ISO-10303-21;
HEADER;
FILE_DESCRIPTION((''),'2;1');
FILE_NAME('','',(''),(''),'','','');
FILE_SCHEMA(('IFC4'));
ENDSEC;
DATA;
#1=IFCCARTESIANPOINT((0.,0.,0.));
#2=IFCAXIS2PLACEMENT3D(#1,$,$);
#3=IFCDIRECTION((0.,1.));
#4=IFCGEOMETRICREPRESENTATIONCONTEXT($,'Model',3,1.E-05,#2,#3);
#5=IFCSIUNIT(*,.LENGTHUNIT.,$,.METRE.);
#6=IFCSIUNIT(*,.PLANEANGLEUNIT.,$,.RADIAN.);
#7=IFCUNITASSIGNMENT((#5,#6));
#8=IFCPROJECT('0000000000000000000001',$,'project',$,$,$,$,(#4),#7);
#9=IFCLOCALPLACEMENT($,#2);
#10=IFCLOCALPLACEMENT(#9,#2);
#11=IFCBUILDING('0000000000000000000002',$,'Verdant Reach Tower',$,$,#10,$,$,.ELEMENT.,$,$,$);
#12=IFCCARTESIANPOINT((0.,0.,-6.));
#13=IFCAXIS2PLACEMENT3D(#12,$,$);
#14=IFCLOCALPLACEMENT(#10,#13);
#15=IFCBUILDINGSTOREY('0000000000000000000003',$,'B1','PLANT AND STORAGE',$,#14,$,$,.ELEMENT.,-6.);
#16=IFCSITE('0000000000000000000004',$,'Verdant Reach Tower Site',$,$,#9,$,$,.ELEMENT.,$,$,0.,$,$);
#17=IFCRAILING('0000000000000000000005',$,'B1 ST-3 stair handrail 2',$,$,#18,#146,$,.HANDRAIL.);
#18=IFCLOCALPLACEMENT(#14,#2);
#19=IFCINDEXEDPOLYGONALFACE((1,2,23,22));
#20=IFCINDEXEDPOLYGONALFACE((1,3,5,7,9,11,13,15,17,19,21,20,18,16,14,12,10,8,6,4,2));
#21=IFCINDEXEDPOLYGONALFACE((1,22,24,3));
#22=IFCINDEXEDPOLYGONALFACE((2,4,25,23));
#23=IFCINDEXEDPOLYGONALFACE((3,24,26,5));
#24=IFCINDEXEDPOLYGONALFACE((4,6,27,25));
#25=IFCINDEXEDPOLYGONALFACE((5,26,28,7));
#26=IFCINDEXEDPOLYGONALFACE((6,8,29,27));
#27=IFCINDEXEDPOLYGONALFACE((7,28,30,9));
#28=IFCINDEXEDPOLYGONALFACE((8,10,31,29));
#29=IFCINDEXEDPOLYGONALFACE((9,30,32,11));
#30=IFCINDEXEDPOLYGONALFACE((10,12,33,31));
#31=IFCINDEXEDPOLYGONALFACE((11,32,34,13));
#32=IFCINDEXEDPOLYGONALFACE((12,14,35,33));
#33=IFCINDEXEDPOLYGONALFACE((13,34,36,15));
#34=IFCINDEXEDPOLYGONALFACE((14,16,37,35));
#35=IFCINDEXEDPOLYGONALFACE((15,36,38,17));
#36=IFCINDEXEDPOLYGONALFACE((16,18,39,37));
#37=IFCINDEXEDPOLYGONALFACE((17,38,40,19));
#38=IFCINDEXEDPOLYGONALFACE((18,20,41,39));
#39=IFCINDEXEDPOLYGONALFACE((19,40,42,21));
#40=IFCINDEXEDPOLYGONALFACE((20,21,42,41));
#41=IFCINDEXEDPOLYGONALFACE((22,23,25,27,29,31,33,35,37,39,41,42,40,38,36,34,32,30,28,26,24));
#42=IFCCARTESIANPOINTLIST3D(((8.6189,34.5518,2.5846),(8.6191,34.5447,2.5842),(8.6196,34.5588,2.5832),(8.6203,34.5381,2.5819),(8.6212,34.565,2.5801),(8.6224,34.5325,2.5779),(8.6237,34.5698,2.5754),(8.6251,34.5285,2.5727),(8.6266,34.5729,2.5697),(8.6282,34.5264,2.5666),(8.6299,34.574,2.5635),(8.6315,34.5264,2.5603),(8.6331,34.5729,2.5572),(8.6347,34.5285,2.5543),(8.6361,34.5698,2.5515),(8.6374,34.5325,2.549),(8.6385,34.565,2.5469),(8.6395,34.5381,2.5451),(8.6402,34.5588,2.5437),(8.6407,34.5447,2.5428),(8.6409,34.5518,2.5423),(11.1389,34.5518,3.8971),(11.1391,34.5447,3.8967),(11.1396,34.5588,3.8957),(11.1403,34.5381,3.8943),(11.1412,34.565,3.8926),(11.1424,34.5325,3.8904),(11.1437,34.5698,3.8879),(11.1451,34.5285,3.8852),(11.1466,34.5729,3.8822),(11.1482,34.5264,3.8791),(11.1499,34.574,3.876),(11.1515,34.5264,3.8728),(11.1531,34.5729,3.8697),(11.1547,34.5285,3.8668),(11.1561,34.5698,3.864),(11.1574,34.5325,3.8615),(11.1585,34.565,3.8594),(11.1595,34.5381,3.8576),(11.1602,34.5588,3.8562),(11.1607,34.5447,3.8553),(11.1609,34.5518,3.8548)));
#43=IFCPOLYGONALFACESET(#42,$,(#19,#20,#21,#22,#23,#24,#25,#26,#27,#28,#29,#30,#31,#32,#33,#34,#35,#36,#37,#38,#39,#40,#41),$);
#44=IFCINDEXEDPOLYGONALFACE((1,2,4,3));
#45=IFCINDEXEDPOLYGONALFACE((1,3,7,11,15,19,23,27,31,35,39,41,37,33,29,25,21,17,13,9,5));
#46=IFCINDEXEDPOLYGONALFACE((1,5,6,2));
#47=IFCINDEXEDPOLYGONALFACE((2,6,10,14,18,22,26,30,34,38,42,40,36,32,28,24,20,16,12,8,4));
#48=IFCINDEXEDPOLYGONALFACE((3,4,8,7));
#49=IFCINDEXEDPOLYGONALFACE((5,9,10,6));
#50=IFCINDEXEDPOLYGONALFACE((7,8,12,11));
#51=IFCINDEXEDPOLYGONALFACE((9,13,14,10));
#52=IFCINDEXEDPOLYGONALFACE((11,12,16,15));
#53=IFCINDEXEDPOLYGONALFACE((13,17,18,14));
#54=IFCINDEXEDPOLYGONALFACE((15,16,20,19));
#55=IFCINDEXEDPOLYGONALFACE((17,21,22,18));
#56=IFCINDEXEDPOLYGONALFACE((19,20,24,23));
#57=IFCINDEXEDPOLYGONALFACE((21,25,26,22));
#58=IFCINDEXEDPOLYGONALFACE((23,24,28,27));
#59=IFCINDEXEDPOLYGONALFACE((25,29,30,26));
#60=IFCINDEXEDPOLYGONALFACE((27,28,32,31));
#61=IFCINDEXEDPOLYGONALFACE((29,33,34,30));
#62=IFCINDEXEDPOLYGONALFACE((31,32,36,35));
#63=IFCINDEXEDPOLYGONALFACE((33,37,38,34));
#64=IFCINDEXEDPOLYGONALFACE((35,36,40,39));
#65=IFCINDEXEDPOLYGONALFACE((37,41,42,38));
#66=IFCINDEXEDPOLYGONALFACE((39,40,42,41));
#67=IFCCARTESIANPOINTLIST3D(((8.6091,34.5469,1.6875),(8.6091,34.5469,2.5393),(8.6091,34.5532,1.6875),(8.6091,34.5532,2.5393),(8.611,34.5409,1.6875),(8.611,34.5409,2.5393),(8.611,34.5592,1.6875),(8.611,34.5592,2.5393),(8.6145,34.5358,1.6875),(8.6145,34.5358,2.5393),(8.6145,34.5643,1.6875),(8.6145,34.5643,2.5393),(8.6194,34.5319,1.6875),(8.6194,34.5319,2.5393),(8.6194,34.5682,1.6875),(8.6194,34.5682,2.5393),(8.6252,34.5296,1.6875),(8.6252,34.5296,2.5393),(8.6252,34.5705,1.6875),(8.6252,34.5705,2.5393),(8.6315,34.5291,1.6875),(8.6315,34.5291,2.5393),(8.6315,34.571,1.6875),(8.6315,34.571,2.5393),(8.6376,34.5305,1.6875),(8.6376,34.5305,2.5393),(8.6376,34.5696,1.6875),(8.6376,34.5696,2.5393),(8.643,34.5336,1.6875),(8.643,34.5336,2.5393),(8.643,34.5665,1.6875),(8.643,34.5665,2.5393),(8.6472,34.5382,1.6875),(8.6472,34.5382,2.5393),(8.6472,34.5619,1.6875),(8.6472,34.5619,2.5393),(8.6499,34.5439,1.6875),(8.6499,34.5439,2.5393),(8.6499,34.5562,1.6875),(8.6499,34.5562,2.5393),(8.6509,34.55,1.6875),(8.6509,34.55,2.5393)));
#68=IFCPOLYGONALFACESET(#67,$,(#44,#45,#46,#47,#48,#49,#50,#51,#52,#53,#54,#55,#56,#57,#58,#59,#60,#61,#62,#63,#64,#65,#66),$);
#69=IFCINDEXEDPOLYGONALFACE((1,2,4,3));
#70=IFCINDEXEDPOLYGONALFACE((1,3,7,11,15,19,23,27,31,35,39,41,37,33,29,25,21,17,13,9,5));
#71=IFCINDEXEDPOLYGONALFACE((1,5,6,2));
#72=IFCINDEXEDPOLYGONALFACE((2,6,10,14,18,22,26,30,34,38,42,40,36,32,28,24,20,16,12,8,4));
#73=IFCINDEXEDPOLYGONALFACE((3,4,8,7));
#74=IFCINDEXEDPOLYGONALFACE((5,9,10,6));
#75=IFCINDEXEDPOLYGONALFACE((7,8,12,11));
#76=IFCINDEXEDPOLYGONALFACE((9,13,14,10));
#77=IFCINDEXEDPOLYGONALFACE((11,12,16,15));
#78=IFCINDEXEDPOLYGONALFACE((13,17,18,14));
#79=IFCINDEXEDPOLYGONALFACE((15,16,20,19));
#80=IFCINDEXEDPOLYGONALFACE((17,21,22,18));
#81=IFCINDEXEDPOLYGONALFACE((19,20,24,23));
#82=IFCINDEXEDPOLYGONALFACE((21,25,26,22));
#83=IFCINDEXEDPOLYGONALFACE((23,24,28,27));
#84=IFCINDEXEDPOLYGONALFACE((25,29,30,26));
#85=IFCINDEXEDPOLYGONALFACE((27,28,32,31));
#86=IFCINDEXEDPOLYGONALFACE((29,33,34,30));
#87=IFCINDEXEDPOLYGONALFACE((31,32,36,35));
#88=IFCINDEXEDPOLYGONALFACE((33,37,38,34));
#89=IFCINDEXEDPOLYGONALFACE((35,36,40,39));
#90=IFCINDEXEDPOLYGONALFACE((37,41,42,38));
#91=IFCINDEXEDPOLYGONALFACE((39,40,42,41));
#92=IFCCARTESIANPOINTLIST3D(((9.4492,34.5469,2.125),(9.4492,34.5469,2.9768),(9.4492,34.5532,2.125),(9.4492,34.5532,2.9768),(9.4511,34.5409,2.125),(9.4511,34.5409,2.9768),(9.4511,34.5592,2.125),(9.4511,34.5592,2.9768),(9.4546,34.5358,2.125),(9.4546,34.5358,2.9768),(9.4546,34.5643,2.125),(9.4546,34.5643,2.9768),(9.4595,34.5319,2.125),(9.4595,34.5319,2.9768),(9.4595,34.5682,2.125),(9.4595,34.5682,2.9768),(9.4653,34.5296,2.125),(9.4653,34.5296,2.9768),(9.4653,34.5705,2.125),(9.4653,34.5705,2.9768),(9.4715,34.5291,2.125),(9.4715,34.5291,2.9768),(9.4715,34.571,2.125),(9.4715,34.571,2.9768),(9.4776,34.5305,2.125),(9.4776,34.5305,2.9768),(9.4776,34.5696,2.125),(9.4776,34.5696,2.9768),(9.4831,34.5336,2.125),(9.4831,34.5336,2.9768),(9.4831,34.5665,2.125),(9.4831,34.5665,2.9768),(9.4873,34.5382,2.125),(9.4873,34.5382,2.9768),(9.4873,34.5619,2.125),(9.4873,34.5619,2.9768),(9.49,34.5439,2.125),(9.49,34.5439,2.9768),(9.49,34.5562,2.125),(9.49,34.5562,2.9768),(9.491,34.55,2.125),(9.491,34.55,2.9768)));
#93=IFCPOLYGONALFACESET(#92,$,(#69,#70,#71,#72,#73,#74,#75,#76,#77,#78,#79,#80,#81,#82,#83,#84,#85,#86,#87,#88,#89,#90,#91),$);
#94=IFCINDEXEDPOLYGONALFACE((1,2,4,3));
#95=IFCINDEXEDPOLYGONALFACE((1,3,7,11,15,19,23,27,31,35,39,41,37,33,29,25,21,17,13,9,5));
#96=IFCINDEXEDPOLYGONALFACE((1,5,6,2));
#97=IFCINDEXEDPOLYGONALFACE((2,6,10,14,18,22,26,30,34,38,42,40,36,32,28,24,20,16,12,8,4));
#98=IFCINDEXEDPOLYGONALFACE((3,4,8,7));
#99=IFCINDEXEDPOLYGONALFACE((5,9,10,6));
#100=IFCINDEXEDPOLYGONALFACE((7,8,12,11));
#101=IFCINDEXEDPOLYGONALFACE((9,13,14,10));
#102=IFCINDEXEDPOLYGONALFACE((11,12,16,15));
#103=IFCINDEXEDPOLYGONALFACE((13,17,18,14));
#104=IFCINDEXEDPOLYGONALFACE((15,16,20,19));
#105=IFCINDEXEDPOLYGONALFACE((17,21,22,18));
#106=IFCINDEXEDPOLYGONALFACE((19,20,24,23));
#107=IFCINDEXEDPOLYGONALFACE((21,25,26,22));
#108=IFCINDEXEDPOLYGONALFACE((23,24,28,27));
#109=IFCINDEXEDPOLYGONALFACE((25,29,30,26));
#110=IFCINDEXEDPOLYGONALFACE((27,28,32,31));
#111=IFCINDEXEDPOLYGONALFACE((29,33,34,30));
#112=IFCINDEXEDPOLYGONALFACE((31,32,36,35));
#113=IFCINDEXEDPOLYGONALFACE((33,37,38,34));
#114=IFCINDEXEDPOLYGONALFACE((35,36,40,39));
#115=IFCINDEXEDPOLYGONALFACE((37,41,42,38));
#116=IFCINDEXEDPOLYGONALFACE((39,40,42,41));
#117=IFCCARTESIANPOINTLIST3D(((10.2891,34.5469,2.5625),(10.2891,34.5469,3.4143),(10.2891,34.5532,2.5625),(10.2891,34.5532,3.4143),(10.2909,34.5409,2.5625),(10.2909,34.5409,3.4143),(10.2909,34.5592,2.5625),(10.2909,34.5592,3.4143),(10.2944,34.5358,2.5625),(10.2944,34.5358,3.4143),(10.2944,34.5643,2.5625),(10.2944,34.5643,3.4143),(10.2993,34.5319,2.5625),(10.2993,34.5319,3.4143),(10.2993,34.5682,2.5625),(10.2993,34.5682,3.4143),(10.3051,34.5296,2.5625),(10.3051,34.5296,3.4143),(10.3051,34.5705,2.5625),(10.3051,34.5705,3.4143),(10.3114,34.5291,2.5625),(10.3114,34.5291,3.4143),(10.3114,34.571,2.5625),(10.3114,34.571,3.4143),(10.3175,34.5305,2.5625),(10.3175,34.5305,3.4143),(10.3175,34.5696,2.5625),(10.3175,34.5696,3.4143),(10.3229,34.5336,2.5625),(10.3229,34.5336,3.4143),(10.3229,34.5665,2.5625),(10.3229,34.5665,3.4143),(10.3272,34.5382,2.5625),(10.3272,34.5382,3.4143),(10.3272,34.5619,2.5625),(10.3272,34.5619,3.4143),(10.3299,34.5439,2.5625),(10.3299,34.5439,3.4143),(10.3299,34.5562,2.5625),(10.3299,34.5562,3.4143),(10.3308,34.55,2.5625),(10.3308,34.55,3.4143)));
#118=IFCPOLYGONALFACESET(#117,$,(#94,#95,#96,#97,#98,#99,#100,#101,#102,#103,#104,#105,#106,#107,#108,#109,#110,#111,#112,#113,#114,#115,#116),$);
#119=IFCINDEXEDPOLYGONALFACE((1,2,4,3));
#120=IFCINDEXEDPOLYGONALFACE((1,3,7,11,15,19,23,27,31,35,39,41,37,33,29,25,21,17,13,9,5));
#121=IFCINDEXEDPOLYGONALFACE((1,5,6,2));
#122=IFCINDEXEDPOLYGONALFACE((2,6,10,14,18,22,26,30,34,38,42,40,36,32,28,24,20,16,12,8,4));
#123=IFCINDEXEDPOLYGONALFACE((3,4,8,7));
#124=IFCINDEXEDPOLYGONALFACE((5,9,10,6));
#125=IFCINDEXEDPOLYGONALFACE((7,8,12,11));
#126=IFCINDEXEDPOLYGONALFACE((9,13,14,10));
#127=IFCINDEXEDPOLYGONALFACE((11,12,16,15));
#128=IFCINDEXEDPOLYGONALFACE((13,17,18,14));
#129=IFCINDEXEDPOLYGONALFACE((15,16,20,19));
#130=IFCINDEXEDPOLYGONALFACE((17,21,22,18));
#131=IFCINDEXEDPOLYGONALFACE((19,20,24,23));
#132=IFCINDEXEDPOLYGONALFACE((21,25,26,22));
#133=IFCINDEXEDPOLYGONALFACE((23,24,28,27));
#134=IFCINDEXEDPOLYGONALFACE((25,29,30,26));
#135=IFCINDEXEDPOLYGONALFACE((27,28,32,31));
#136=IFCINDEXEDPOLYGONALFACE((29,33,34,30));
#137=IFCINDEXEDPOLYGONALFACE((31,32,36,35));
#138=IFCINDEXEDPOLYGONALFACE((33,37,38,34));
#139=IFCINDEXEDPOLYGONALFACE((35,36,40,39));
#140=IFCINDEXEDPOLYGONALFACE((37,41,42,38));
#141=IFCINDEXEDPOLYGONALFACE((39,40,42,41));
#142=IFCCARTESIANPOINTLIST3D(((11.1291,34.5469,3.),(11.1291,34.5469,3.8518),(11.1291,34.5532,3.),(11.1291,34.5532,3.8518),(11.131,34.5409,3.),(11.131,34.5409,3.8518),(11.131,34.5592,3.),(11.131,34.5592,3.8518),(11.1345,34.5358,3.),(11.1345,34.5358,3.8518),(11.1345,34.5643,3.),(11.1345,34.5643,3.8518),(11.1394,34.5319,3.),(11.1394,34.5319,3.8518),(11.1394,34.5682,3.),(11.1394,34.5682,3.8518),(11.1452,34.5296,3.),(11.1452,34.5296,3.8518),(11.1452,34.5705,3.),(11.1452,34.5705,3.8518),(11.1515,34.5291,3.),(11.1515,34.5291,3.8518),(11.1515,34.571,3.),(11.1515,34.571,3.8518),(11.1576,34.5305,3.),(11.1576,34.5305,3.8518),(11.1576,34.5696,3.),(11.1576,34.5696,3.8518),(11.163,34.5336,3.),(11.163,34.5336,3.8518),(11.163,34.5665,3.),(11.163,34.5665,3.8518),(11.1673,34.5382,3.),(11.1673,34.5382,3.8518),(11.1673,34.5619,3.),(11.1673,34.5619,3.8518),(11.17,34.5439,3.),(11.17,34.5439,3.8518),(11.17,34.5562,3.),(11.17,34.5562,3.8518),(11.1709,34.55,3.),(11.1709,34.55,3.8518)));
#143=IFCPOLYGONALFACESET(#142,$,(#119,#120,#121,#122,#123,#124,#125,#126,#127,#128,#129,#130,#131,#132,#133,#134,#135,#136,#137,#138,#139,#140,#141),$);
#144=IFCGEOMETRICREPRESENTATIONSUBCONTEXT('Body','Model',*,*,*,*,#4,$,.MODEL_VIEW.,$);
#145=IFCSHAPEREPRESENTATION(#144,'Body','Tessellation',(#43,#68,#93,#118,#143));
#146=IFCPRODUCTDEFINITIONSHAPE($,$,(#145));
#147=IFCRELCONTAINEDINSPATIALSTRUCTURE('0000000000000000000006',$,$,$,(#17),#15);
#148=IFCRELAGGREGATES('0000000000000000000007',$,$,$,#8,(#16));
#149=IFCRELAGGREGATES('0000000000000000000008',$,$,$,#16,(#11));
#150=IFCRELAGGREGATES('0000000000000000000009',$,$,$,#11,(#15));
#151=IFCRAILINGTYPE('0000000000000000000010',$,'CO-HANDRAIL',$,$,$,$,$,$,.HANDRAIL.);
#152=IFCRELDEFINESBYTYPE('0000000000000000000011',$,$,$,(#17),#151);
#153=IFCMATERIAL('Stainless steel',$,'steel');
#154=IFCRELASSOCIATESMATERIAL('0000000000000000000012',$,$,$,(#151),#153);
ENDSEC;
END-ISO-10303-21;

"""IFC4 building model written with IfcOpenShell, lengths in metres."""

from ifc_helpers import new_model, si_unit, direction, frame, origin, origin_2d, place, context, subcontext, project, spatial, circle, extrude, material, type_object, element, save


model = new_model("IFC4")

# Units and contexts
model_context = context("Model", 3, precision=1e-05, world=origin(), true_north=direction((0.0, 1.0)))
body_context = subcontext(model_context, "Body", "Model", "MODEL_VIEW")
ifc_project = project(units=[si_unit("LENGTHUNIT", "METRE"), si_unit("PLANEANGLEUNIT", "RADIAN")], contexts=[model_context])

# Site, building, storey
site_placement = place(None, origin())
site = spatial("IfcSite", under=ifc_project, at=site_placement, Name="Verdant Reach Tower Site", CompositionType="ELEMENT", RefElevation=0.0)
building_placement = place(site_placement, origin())
building = spatial("IfcBuilding", under=site, at=building_placement, Name="Verdant Reach Tower", CompositionType="ELEMENT")
storey_placement = place(building_placement, frame((0.0, 0.0, -6.0)))
storey = spatial("IfcBuildingStorey", under=building, at=storey_placement, Name="B1", Description="PLANT AND STORAGE", CompositionType="ELEMENT", Elevation=-6.0)

# Railing
ifc_material_1 = material(Name="Stainless steel", Category="steel")
railing_type_1 = type_object("IfcRailingType", Name="CO-HANDRAIL", PredefinedType="HANDRAIL", material=ifc_material_1)
for number, where, name in (
    (1, (8.6299, 34.55, 1.6875), "B1 ST-3 stair handrail 2"),
):
    element("IfcRailing", number, at=place(storey_placement, frame(where)), inside=storey, type_object=railing_type_1, Name=name, PredefinedType="HANDRAIL", context=body_context, shape_type="SweptSolid", body=[
        extrude(circle(Radius=0.0239, at=origin_2d()), frame((0.0, 0.0, 0.876), z_axis=(0.886916, 0.0, 0.461932), x_axis=(0.0, 1.0, 0.0)), (0.0, 0.0, 1.0), 2.8413),
        extrude(circle(Radius=0.021, at=origin_2d()), origin(), (0.0, 0.0, 1.0), 0.8518),
        extrude(circle(Radius=0.021, at=origin_2d()), frame((0.8401, 0.0, 0.4375)), (0.0, 0.0, 1.0), 0.8518),
        extrude(circle(Radius=0.021, at=origin_2d()), frame((1.6799, 0.0, 0.875)), (0.0, 0.0, 1.0), 0.8518),
        extrude(circle(Radius=0.021, at=origin_2d()), frame((2.52, 0.0, 1.3125)), (0.0, 0.0, 1.0), 0.8518),
    ])

save(model, "model.ifc")
